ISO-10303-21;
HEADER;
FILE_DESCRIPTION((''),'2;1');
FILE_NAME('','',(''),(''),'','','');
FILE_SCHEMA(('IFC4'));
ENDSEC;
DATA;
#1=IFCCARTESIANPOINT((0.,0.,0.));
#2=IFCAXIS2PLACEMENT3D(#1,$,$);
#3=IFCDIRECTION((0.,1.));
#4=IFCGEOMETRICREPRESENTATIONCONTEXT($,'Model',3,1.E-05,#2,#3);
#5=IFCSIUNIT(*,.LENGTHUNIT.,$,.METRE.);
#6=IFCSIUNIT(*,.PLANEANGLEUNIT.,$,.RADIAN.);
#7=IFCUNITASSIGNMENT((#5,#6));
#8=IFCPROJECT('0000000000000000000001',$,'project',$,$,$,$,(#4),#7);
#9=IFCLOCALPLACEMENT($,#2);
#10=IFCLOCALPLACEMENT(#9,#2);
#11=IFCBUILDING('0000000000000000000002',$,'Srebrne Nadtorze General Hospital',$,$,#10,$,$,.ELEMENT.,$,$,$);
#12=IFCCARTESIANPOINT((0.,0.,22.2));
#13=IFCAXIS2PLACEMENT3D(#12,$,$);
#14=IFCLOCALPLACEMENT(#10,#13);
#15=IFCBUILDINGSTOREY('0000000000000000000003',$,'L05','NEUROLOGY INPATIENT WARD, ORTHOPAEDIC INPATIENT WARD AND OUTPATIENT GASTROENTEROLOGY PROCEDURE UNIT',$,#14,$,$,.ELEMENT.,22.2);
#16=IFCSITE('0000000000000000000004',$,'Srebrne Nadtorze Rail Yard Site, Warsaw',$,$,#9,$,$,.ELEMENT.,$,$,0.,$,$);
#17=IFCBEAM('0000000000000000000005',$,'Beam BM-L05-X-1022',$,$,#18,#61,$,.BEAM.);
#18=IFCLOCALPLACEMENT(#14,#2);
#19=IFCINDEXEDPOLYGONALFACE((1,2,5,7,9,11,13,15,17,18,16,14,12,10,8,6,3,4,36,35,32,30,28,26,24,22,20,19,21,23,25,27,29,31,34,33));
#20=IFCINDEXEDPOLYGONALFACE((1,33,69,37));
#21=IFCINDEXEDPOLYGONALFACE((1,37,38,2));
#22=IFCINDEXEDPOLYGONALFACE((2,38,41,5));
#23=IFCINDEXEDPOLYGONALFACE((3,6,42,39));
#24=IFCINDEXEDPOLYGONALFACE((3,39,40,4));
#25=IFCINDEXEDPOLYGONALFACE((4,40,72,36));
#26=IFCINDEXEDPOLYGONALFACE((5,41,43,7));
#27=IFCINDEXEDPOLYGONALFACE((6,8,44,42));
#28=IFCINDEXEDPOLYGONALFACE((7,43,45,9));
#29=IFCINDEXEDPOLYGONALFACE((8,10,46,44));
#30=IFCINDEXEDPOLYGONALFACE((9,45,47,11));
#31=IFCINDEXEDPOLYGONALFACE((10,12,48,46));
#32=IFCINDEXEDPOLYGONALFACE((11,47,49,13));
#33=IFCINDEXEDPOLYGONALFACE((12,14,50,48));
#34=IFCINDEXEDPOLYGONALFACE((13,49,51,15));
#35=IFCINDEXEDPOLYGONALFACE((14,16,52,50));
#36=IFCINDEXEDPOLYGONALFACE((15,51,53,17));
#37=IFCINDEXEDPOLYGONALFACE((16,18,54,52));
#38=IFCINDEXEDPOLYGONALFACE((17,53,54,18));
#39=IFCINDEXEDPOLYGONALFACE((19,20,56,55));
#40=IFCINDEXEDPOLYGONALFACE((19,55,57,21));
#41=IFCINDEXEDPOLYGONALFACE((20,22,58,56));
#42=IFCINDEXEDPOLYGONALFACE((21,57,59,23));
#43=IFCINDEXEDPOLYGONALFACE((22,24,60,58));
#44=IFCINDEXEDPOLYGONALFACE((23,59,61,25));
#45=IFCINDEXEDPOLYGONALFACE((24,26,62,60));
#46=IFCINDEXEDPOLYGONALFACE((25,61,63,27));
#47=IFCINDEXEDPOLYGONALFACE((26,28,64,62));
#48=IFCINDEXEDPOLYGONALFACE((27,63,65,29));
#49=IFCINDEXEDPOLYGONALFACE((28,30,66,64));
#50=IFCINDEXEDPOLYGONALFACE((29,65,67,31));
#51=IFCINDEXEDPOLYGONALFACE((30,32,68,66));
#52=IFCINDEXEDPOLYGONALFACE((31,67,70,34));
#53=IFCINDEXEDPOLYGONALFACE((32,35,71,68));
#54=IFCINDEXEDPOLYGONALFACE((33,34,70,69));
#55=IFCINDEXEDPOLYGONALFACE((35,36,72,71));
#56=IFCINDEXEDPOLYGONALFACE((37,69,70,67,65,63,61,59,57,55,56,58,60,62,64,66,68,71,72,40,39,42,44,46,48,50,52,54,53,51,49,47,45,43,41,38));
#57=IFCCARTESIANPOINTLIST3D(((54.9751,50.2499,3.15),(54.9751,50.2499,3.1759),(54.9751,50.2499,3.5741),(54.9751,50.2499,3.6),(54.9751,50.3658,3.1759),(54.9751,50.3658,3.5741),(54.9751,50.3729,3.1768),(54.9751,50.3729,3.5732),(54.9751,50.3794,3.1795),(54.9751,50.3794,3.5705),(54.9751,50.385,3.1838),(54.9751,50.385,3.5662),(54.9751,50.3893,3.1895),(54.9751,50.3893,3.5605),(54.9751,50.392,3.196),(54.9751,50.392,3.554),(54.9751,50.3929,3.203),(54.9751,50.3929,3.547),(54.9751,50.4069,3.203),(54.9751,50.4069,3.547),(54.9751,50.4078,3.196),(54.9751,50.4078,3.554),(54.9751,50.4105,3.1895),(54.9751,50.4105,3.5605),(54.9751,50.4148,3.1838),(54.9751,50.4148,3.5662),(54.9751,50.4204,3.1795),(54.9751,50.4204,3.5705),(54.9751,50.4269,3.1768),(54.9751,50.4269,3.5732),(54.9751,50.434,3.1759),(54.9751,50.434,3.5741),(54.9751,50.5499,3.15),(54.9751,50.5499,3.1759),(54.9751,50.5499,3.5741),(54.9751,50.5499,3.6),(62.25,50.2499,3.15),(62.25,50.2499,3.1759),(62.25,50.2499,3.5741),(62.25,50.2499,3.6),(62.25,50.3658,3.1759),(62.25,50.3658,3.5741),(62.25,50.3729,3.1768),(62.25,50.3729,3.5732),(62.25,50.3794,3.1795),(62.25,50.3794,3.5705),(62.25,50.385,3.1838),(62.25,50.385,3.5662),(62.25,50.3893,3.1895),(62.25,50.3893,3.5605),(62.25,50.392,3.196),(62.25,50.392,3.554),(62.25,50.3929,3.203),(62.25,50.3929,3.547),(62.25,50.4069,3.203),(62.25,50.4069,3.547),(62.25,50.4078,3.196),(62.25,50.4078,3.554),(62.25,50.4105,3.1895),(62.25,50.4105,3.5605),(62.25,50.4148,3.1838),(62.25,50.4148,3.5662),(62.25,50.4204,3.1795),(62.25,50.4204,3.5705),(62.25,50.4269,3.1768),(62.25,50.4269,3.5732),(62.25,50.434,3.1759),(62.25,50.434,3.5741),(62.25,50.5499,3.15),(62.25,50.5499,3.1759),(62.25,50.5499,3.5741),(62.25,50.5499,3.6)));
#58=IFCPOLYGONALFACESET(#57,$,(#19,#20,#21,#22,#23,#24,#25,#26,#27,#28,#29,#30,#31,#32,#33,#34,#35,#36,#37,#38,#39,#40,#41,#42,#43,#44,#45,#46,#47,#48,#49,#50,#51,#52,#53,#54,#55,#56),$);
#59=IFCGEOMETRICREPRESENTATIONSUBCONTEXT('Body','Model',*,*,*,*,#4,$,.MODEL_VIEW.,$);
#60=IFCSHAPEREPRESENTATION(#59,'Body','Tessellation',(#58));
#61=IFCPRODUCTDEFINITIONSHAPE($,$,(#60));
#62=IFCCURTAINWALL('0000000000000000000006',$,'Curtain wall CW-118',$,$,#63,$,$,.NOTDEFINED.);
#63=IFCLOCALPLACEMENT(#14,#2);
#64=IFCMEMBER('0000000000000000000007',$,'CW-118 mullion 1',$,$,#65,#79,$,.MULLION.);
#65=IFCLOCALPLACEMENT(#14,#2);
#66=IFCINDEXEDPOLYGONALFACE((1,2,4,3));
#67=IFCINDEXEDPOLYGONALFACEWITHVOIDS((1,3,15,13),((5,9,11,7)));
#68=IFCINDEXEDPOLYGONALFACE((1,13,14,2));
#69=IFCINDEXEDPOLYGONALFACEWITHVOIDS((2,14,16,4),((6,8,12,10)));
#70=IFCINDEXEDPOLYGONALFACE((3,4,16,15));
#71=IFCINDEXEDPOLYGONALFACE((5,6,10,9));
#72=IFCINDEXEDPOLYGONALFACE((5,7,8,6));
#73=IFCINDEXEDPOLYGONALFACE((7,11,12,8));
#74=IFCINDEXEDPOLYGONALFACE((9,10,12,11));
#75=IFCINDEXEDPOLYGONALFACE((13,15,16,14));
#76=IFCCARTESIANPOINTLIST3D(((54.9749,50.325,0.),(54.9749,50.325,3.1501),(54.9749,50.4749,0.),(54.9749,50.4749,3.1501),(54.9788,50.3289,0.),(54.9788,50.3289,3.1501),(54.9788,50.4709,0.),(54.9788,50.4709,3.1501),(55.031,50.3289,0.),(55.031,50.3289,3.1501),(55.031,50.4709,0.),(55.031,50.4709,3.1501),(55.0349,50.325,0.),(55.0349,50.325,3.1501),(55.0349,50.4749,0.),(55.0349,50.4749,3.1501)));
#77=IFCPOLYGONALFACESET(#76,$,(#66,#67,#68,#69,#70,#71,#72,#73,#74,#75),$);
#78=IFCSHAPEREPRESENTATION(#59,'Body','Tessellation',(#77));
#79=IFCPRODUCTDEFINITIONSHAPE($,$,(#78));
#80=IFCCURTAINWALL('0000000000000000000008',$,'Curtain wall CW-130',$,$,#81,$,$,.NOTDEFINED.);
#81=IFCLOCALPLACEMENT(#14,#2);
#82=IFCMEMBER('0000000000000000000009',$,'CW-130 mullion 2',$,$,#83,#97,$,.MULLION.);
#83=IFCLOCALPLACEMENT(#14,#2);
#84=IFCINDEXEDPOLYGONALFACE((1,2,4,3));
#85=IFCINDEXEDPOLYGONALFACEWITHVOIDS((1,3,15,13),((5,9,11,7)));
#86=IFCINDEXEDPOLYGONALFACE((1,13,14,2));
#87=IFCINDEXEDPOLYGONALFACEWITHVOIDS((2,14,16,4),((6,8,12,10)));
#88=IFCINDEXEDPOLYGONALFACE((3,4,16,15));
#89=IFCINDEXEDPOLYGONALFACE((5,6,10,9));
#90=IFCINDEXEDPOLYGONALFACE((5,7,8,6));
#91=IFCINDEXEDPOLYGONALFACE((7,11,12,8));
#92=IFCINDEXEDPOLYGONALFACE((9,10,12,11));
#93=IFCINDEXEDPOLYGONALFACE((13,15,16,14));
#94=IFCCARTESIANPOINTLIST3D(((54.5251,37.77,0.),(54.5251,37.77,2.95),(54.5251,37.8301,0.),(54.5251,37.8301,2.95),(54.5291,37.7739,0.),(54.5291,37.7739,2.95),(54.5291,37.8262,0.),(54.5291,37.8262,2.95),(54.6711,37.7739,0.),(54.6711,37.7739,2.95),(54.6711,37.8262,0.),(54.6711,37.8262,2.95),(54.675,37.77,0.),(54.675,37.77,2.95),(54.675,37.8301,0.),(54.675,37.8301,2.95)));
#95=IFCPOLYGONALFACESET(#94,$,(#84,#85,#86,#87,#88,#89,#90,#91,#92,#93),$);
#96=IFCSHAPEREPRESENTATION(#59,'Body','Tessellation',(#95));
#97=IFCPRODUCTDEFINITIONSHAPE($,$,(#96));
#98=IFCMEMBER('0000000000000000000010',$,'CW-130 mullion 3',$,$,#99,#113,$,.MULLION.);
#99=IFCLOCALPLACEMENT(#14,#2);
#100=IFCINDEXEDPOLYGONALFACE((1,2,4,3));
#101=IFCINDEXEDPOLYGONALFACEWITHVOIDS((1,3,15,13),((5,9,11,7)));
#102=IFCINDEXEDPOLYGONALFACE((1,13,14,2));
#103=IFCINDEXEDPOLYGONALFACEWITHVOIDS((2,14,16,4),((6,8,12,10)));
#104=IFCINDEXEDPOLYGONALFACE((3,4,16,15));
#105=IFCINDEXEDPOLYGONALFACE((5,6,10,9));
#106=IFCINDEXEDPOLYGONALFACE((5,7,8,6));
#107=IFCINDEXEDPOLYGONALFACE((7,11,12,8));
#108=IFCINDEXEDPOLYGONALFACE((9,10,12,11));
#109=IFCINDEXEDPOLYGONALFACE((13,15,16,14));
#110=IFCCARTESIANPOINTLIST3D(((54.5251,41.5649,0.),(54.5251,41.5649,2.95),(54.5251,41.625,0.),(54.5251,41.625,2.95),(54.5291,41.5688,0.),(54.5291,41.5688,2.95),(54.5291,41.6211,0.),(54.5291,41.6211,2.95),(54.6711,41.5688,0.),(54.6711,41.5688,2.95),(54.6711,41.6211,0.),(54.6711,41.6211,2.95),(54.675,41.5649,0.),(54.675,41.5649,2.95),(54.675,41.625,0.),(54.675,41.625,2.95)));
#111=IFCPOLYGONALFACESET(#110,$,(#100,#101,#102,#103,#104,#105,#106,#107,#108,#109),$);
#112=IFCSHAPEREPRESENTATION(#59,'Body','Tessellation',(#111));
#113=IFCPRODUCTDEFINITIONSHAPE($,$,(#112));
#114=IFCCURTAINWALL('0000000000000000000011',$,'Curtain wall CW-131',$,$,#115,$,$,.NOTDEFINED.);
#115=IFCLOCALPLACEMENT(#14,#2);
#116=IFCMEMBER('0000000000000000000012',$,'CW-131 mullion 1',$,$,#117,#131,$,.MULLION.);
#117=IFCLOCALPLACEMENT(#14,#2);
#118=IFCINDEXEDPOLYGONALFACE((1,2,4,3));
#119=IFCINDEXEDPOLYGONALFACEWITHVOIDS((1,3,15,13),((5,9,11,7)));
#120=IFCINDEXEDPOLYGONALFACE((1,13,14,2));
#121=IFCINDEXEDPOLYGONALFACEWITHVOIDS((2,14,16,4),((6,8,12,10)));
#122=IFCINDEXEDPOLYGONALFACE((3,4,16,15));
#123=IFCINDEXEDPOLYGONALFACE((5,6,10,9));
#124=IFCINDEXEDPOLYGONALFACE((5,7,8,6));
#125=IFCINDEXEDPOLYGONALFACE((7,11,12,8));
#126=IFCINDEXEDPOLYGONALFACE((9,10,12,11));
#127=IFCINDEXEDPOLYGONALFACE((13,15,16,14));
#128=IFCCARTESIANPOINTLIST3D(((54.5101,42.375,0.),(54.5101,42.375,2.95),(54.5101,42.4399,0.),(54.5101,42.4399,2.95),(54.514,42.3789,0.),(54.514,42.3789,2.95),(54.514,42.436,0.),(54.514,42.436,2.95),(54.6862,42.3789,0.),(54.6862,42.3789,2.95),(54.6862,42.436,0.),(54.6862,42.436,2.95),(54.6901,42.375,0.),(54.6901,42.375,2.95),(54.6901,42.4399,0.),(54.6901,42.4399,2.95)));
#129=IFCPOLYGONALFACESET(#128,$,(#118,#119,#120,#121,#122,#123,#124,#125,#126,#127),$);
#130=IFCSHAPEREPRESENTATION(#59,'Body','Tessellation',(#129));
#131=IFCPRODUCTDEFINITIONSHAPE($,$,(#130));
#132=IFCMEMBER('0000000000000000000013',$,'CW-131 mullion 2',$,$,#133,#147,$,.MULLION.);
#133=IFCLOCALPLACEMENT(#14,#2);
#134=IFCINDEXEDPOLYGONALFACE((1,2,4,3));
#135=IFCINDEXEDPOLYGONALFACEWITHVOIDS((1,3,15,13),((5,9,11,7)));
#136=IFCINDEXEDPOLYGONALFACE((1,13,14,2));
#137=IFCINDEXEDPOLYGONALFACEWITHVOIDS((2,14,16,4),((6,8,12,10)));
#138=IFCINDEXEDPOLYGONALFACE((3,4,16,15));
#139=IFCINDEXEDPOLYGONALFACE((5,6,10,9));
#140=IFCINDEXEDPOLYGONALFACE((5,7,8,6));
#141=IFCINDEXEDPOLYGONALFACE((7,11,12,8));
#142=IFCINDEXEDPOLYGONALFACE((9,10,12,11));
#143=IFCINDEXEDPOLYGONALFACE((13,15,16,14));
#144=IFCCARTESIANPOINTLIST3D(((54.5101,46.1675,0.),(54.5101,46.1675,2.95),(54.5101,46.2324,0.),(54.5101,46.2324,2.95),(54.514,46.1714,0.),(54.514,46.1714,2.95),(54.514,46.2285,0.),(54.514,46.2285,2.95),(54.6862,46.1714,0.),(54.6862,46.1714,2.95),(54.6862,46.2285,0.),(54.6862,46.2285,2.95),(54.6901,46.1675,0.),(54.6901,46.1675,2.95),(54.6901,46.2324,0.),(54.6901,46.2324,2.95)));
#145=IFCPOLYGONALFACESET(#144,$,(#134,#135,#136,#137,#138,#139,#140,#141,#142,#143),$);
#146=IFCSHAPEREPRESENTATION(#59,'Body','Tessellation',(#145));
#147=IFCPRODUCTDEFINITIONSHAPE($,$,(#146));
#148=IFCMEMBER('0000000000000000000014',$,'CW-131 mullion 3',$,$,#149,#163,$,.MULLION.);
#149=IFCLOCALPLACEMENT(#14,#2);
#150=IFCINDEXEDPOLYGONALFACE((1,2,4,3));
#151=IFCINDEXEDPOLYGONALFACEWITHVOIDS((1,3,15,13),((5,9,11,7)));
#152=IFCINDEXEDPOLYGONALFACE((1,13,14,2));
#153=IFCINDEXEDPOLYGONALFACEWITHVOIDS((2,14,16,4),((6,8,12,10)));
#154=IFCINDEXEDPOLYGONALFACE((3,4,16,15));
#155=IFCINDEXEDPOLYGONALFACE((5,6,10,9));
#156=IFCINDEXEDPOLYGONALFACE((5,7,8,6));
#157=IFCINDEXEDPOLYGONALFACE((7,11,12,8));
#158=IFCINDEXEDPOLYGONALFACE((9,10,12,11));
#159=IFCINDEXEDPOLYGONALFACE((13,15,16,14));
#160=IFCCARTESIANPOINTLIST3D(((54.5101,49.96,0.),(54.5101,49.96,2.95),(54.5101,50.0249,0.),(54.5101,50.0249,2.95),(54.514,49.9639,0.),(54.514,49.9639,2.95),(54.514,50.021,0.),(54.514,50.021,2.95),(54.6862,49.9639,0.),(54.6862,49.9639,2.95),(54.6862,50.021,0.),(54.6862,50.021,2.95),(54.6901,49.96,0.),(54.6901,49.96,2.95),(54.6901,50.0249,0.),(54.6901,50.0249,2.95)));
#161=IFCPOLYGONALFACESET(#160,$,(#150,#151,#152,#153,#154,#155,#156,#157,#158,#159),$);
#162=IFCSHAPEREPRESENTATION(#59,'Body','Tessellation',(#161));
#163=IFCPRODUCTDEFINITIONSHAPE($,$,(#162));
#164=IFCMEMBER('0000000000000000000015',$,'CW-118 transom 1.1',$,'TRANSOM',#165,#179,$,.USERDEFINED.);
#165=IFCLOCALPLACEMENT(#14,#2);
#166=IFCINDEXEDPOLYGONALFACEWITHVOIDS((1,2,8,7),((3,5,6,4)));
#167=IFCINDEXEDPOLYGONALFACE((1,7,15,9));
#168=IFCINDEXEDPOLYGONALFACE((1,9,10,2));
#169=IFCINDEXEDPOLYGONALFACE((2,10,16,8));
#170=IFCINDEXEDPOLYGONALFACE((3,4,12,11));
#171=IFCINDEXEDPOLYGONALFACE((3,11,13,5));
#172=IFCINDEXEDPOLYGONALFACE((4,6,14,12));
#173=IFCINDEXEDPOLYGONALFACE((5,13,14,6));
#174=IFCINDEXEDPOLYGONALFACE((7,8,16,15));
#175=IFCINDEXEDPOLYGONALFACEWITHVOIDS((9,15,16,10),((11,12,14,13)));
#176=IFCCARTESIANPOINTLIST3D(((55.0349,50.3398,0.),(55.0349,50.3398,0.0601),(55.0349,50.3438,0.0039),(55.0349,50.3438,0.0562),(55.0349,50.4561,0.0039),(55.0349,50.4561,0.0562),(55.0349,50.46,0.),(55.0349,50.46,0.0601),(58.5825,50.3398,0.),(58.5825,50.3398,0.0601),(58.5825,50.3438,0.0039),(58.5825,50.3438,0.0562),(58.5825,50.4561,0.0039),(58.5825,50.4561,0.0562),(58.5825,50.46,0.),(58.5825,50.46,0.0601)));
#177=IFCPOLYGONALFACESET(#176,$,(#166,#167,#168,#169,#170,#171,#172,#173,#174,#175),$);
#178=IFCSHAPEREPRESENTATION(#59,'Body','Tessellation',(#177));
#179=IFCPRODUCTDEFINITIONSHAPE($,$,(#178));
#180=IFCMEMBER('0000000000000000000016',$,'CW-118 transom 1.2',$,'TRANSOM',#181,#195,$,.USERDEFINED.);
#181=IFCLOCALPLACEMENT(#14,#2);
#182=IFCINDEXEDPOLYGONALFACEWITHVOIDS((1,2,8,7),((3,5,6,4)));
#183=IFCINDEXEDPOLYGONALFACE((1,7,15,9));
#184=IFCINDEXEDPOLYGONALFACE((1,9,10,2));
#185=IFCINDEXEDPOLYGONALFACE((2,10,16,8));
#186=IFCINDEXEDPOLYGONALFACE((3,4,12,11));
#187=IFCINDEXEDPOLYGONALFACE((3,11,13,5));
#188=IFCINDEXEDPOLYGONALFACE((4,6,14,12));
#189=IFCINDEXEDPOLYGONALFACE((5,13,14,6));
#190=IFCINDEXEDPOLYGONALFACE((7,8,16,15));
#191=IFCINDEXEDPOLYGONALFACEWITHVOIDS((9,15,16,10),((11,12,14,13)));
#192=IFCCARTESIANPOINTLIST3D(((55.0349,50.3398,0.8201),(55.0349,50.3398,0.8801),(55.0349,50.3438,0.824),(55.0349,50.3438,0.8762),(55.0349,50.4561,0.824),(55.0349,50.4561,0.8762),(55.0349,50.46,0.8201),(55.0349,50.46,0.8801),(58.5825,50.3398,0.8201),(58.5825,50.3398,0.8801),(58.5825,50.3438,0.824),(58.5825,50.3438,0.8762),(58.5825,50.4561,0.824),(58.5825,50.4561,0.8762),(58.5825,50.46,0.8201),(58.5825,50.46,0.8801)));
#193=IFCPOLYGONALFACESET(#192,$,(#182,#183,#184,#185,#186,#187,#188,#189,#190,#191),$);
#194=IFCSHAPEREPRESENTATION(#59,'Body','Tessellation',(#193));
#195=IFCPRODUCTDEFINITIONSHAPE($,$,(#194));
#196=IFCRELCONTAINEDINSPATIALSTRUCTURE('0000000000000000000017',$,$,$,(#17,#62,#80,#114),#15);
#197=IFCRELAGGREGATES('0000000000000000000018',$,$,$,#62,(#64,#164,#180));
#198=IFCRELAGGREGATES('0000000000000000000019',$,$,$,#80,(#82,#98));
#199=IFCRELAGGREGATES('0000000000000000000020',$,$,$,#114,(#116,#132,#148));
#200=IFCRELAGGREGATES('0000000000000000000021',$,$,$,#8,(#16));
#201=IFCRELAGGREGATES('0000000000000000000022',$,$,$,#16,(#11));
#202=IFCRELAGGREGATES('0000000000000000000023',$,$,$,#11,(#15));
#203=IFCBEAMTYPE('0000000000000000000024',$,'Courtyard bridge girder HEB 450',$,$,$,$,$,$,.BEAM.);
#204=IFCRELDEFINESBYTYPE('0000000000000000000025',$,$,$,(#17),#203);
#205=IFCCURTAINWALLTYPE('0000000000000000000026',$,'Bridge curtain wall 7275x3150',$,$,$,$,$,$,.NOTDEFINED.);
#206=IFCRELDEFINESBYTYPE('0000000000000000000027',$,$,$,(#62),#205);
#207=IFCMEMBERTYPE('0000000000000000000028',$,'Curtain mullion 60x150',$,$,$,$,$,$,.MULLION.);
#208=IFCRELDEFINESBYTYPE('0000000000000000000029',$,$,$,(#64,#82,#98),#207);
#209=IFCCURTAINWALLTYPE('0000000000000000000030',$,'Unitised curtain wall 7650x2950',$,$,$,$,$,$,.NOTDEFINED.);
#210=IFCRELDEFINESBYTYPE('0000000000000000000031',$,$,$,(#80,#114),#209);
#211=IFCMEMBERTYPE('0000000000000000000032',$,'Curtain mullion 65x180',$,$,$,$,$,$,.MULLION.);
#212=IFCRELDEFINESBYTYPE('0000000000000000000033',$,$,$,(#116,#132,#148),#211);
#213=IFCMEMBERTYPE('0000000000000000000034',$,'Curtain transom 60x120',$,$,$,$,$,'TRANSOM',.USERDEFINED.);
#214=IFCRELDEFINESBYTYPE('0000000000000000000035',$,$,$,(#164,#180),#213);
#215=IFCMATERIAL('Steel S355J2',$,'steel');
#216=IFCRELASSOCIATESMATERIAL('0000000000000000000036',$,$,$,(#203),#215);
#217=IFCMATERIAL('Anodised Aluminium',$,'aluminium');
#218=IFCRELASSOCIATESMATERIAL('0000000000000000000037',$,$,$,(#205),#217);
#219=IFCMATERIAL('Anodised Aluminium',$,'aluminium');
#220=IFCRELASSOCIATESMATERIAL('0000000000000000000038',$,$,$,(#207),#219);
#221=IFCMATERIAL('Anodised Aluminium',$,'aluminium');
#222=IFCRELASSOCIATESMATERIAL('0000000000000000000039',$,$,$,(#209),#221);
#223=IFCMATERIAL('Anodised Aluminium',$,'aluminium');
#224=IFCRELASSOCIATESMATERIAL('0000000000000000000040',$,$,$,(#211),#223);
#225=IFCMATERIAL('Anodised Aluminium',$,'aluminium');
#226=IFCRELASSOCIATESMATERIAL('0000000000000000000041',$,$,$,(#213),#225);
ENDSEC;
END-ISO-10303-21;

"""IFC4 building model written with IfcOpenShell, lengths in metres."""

from ifc_helpers import new_model, si_unit, direction, frame, origin, origin_2d, place, context, subcontext, project, spatial, hollow_rectangle, i_section, extrude, material, material_profile, profile_set, type_object, element, aggregate, save


model = new_model("IFC4")

# Units and contexts
model_context = context("Model", 3, precision=1e-05, world=origin(), true_north=direction((0.0, 1.0)))
body_context = subcontext(model_context, "Body", "Model", "MODEL_VIEW")
ifc_project = project(units=[si_unit("LENGTHUNIT", "METRE"), si_unit("PLANEANGLEUNIT", "RADIAN")], contexts=[model_context])

# Site, building, storey
site_placement = place(None, origin())
site = spatial("IfcSite", under=ifc_project, at=site_placement, Name="Srebrne Nadtorze Rail Yard Site, Warsaw", CompositionType="ELEMENT", RefElevation=0.0)
building_placement = place(site_placement, origin())
building = spatial("IfcBuilding", under=site, at=building_placement, Name="Srebrne Nadtorze General Hospital", CompositionType="ELEMENT")
storey_placement = place(building_placement, frame((0.0, 0.0, 22.2)))
storey = spatial("IfcBuildingStorey", under=building, at=storey_placement, Name="L05", Description="NEUROLOGY INPATIENT WARD, ORTHOPAEDIC INPATIENT WARD AND OUTPATIENT GASTROENTEROLOGY PROCEDURE UNIT", CompositionType="ELEMENT", Elevation=22.2)

# Beam
ifc_material_1 = material(Name="Steel S355J2", Category="steel")
ifc_material_profile_1 = material_profile(ifc_material_1, i_section(OverallWidth=0.3, OverallDepth=0.45, WebThickness=0.0139, FlangeThickness=0.0259, FilletRadius=0.0271, at=origin_2d()), Name="HEB-450")
ifc_profile_set_1 = profile_set([ifc_material_profile_1], Name="Steel S355J2")
beam_type = type_object("IfcBeamType", Name="Courtyard bridge girder HEB 450", PredefinedType="BEAM", material=ifc_profile_set_1)
beam_placement = place(storey_placement, frame((54.9751, 50.3999, 3.375), z_axis=(1.0, 0.0, 0.0), x_axis=(0.0, 1.0, 0.0)))
element("IfcBeam", 1, at=beam_placement, inside=storey, type_object=beam_type, Name="Beam BM-L05-X-1022", PredefinedType="BEAM", context=body_context, shape_type="SweptSolid", body=[
    extrude(i_section(OverallWidth=0.3, OverallDepth=0.45, WebThickness=0.0139, FlangeThickness=0.0259, FilletRadius=0.0271, at=origin_2d()), origin(), (0.0, 0.0, 1.0), 7.2749),
])

# Curtain wall, member
ifc_material_2 = material(Name="Anodised Aluminium", Category="aluminium")
curtain_wall_type_1 = type_object("IfcCurtainWallType", Name="Bridge curtain wall 7275x3150", PredefinedType="NOTDEFINED", material=ifc_material_2)
curtain_wall_1_placement = place(storey_placement, origin())
curtain_wall_1 = element("IfcCurtainWall", 2, at=curtain_wall_1_placement, inside=storey, type_object=curtain_wall_type_1, Name="Curtain wall CW-118", PredefinedType="NOTDEFINED")
ifc_material_3 = material(Name="Anodised Aluminium", Category="aluminium")
ifc_material_profile_2 = material_profile(ifc_material_3, hollow_rectangle(XDim=0.0601, YDim=0.1499, WallThickness=0.0039, at=origin_2d()), Name="AL-MUL-60x150")
ifc_profile_set_2 = profile_set([ifc_material_profile_2], Name="Anodised Aluminium")
member_type_1 = type_object("IfcMemberType", Name="Curtain mullion 60x150", PredefinedType="MULLION", material=ifc_profile_set_2)
member_1_placement = place(storey_placement, frame((55.0049, 50.3999, 0.0), z_axis=(0.0, 0.0, 1.0), x_axis=(1.0, 0.0, 0.0)))
member_1 = element("IfcMember", 3, at=member_1_placement, type_object=member_type_1, Name="CW-118 mullion 1", PredefinedType="MULLION", context=body_context, shape_type="SweptSolid", body=[
    extrude(hollow_rectangle(XDim=0.0601, YDim=0.1499, WallThickness=0.0039, at=origin_2d()), origin(), (0.0, 0.0, 1.0), 3.1501),
])

# Curtain walls, members
ifc_material_4 = material(Name="Anodised Aluminium", Category="aluminium")
curtain_wall_type_2 = type_object("IfcCurtainWallType", Name="Unitised curtain wall 7650x2950", PredefinedType="NOTDEFINED", material=ifc_material_4)
curtain_wall_2_placement = place(storey_placement, origin())
curtain_wall_2 = element("IfcCurtainWall", 4, at=curtain_wall_2_placement, inside=storey, type_object=curtain_wall_type_2, Name="Curtain wall CW-130", PredefinedType="NOTDEFINED")
member_2_placement = place(storey_placement, frame((54.6001, 37.8, 0.0), z_axis=(0.0, 0.0, 1.0), x_axis=(0.0, 1.0, 0.0)))
member_2 = element("IfcMember", 5, at=member_2_placement, type_object=member_type_1, Name="CW-130 mullion 2", PredefinedType="MULLION", context=body_context, shape_type="SweptSolid", body=[
    extrude(hollow_rectangle(XDim=0.0601, YDim=0.1499, WallThickness=0.0039, at=origin_2d()), origin(), (0.0, 0.0, 1.0), 2.95),
])
member_3_placement = place(storey_placement, frame((54.6001, 41.595, 0.0), z_axis=(0.0, 0.0, 1.0), x_axis=(0.0, 1.0, 0.0)))
member_3 = element("IfcMember", 6, at=member_3_placement, type_object=member_type_1, Name="CW-130 mullion 3", PredefinedType="MULLION", context=body_context, shape_type="SweptSolid", body=[
    extrude(hollow_rectangle(XDim=0.0601, YDim=0.1499, WallThickness=0.0039, at=origin_2d()), origin(), (0.0, 0.0, 1.0), 2.95),
])
curtain_wall_3_placement = place(storey_placement, origin())
curtain_wall_3 = element("IfcCurtainWall", 7, at=curtain_wall_3_placement, inside=storey, type_object=curtain_wall_type_2, Name="Curtain wall CW-131", PredefinedType="NOTDEFINED")
ifc_material_5 = material(Name="Anodised Aluminium", Category="aluminium")
ifc_material_profile_3 = material_profile(ifc_material_5, hollow_rectangle(XDim=0.0649, YDim=0.1799, WallThickness=0.0039, at=origin_2d()), Name="AL-MUL-65x180")
ifc_profile_set_3 = profile_set([ifc_material_profile_3], Name="Anodised Aluminium")
member_type_2 = type_object("IfcMemberType", Name="Curtain mullion 65x180", PredefinedType="MULLION", material=ifc_profile_set_3)
member_4_placement = place(storey_placement, frame((54.6001, 42.4075, 0.0), z_axis=(0.0, 0.0, 1.0), x_axis=(0.0, 1.0, 0.0)))
member_4 = element("IfcMember", 8, at=member_4_placement, type_object=member_type_2, Name="CW-131 mullion 1", PredefinedType="MULLION", context=body_context, shape_type="SweptSolid", body=[
    extrude(hollow_rectangle(XDim=0.0649, YDim=0.1799, WallThickness=0.0039, at=origin_2d()), origin(), (0.0, 0.0, 1.0), 2.95),
])
member_5_placement = place(storey_placement, frame((54.6001, 46.2, 0.0), z_axis=(0.0, 0.0, 1.0), x_axis=(0.0, 1.0, 0.0)))
member_5 = element("IfcMember", 9, at=member_5_placement, type_object=member_type_2, Name="CW-131 mullion 2", PredefinedType="MULLION", context=body_context, shape_type="SweptSolid", body=[
    extrude(hollow_rectangle(XDim=0.0649, YDim=0.1799, WallThickness=0.0039, at=origin_2d()), origin(), (0.0, 0.0, 1.0), 2.95),
])
member_6_placement = place(storey_placement, frame((54.6001, 49.9924, 0.0), z_axis=(0.0, 0.0, 1.0), x_axis=(0.0, 1.0, 0.0)))
member_6 = element("IfcMember", 10, at=member_6_placement, type_object=member_type_2, Name="CW-131 mullion 3", PredefinedType="MULLION", context=body_context, shape_type="SweptSolid", body=[
    extrude(hollow_rectangle(XDim=0.0649, YDim=0.1799, WallThickness=0.0039, at=origin_2d()), origin(), (0.0, 0.0, 1.0), 2.95),
])

# Members
ifc_material_6 = material(Name="Anodised Aluminium", Category="aluminium")
ifc_material_profile_4 = material_profile(ifc_material_6, hollow_rectangle(XDim=0.0601, YDim=0.1201, WallThickness=0.0039, at=origin_2d()), Name="AL-TRN-60x120")
ifc_profile_set_4 = profile_set([ifc_material_profile_4], Name="Anodised Aluminium")
member_type_3 = type_object("IfcMemberType", Name="Curtain transom 60x120", ElementType="TRANSOM", PredefinedType="USERDEFINED", material=ifc_profile_set_4)
member_7_placement = place(storey_placement, frame((55.0349, 50.3999, 0.03), z_axis=(1.0, 0.0, 0.0), x_axis=(0.0, 0.0, 1.0)))
member_7 = element("IfcMember", 11, at=member_7_placement, type_object=member_type_3, Name="CW-118 transom 1.1", ObjectType="TRANSOM", PredefinedType="USERDEFINED", context=body_context, shape_type="SweptSolid", body=[
    extrude(hollow_rectangle(XDim=0.0601, YDim=0.1201, WallThickness=0.0039, at=origin_2d()), origin(), (0.0, 0.0, 1.0), 3.5476),
])
member_8_placement = place(storey_placement, frame((55.0349, 50.3999, 0.8501), z_axis=(1.0, 0.0, 0.0), x_axis=(0.0, 0.0, 1.0)))
member_8 = element("IfcMember", 12, at=member_8_placement, type_object=member_type_3, Name="CW-118 transom 1.2", ObjectType="TRANSOM", PredefinedType="USERDEFINED", context=body_context, shape_type="SweptSolid", body=[
    extrude(hollow_rectangle(XDim=0.0601, YDim=0.1201, WallThickness=0.0039, at=origin_2d()), origin(), (0.0, 0.0, 1.0), 3.5476),
])
aggregate(curtain_wall_1, [member_1, member_7, member_8])

aggregate(curtain_wall_2, [member_2, member_3])
aggregate(curtain_wall_3, [member_4, member_5, member_6])

save(model, "model.ifc")
